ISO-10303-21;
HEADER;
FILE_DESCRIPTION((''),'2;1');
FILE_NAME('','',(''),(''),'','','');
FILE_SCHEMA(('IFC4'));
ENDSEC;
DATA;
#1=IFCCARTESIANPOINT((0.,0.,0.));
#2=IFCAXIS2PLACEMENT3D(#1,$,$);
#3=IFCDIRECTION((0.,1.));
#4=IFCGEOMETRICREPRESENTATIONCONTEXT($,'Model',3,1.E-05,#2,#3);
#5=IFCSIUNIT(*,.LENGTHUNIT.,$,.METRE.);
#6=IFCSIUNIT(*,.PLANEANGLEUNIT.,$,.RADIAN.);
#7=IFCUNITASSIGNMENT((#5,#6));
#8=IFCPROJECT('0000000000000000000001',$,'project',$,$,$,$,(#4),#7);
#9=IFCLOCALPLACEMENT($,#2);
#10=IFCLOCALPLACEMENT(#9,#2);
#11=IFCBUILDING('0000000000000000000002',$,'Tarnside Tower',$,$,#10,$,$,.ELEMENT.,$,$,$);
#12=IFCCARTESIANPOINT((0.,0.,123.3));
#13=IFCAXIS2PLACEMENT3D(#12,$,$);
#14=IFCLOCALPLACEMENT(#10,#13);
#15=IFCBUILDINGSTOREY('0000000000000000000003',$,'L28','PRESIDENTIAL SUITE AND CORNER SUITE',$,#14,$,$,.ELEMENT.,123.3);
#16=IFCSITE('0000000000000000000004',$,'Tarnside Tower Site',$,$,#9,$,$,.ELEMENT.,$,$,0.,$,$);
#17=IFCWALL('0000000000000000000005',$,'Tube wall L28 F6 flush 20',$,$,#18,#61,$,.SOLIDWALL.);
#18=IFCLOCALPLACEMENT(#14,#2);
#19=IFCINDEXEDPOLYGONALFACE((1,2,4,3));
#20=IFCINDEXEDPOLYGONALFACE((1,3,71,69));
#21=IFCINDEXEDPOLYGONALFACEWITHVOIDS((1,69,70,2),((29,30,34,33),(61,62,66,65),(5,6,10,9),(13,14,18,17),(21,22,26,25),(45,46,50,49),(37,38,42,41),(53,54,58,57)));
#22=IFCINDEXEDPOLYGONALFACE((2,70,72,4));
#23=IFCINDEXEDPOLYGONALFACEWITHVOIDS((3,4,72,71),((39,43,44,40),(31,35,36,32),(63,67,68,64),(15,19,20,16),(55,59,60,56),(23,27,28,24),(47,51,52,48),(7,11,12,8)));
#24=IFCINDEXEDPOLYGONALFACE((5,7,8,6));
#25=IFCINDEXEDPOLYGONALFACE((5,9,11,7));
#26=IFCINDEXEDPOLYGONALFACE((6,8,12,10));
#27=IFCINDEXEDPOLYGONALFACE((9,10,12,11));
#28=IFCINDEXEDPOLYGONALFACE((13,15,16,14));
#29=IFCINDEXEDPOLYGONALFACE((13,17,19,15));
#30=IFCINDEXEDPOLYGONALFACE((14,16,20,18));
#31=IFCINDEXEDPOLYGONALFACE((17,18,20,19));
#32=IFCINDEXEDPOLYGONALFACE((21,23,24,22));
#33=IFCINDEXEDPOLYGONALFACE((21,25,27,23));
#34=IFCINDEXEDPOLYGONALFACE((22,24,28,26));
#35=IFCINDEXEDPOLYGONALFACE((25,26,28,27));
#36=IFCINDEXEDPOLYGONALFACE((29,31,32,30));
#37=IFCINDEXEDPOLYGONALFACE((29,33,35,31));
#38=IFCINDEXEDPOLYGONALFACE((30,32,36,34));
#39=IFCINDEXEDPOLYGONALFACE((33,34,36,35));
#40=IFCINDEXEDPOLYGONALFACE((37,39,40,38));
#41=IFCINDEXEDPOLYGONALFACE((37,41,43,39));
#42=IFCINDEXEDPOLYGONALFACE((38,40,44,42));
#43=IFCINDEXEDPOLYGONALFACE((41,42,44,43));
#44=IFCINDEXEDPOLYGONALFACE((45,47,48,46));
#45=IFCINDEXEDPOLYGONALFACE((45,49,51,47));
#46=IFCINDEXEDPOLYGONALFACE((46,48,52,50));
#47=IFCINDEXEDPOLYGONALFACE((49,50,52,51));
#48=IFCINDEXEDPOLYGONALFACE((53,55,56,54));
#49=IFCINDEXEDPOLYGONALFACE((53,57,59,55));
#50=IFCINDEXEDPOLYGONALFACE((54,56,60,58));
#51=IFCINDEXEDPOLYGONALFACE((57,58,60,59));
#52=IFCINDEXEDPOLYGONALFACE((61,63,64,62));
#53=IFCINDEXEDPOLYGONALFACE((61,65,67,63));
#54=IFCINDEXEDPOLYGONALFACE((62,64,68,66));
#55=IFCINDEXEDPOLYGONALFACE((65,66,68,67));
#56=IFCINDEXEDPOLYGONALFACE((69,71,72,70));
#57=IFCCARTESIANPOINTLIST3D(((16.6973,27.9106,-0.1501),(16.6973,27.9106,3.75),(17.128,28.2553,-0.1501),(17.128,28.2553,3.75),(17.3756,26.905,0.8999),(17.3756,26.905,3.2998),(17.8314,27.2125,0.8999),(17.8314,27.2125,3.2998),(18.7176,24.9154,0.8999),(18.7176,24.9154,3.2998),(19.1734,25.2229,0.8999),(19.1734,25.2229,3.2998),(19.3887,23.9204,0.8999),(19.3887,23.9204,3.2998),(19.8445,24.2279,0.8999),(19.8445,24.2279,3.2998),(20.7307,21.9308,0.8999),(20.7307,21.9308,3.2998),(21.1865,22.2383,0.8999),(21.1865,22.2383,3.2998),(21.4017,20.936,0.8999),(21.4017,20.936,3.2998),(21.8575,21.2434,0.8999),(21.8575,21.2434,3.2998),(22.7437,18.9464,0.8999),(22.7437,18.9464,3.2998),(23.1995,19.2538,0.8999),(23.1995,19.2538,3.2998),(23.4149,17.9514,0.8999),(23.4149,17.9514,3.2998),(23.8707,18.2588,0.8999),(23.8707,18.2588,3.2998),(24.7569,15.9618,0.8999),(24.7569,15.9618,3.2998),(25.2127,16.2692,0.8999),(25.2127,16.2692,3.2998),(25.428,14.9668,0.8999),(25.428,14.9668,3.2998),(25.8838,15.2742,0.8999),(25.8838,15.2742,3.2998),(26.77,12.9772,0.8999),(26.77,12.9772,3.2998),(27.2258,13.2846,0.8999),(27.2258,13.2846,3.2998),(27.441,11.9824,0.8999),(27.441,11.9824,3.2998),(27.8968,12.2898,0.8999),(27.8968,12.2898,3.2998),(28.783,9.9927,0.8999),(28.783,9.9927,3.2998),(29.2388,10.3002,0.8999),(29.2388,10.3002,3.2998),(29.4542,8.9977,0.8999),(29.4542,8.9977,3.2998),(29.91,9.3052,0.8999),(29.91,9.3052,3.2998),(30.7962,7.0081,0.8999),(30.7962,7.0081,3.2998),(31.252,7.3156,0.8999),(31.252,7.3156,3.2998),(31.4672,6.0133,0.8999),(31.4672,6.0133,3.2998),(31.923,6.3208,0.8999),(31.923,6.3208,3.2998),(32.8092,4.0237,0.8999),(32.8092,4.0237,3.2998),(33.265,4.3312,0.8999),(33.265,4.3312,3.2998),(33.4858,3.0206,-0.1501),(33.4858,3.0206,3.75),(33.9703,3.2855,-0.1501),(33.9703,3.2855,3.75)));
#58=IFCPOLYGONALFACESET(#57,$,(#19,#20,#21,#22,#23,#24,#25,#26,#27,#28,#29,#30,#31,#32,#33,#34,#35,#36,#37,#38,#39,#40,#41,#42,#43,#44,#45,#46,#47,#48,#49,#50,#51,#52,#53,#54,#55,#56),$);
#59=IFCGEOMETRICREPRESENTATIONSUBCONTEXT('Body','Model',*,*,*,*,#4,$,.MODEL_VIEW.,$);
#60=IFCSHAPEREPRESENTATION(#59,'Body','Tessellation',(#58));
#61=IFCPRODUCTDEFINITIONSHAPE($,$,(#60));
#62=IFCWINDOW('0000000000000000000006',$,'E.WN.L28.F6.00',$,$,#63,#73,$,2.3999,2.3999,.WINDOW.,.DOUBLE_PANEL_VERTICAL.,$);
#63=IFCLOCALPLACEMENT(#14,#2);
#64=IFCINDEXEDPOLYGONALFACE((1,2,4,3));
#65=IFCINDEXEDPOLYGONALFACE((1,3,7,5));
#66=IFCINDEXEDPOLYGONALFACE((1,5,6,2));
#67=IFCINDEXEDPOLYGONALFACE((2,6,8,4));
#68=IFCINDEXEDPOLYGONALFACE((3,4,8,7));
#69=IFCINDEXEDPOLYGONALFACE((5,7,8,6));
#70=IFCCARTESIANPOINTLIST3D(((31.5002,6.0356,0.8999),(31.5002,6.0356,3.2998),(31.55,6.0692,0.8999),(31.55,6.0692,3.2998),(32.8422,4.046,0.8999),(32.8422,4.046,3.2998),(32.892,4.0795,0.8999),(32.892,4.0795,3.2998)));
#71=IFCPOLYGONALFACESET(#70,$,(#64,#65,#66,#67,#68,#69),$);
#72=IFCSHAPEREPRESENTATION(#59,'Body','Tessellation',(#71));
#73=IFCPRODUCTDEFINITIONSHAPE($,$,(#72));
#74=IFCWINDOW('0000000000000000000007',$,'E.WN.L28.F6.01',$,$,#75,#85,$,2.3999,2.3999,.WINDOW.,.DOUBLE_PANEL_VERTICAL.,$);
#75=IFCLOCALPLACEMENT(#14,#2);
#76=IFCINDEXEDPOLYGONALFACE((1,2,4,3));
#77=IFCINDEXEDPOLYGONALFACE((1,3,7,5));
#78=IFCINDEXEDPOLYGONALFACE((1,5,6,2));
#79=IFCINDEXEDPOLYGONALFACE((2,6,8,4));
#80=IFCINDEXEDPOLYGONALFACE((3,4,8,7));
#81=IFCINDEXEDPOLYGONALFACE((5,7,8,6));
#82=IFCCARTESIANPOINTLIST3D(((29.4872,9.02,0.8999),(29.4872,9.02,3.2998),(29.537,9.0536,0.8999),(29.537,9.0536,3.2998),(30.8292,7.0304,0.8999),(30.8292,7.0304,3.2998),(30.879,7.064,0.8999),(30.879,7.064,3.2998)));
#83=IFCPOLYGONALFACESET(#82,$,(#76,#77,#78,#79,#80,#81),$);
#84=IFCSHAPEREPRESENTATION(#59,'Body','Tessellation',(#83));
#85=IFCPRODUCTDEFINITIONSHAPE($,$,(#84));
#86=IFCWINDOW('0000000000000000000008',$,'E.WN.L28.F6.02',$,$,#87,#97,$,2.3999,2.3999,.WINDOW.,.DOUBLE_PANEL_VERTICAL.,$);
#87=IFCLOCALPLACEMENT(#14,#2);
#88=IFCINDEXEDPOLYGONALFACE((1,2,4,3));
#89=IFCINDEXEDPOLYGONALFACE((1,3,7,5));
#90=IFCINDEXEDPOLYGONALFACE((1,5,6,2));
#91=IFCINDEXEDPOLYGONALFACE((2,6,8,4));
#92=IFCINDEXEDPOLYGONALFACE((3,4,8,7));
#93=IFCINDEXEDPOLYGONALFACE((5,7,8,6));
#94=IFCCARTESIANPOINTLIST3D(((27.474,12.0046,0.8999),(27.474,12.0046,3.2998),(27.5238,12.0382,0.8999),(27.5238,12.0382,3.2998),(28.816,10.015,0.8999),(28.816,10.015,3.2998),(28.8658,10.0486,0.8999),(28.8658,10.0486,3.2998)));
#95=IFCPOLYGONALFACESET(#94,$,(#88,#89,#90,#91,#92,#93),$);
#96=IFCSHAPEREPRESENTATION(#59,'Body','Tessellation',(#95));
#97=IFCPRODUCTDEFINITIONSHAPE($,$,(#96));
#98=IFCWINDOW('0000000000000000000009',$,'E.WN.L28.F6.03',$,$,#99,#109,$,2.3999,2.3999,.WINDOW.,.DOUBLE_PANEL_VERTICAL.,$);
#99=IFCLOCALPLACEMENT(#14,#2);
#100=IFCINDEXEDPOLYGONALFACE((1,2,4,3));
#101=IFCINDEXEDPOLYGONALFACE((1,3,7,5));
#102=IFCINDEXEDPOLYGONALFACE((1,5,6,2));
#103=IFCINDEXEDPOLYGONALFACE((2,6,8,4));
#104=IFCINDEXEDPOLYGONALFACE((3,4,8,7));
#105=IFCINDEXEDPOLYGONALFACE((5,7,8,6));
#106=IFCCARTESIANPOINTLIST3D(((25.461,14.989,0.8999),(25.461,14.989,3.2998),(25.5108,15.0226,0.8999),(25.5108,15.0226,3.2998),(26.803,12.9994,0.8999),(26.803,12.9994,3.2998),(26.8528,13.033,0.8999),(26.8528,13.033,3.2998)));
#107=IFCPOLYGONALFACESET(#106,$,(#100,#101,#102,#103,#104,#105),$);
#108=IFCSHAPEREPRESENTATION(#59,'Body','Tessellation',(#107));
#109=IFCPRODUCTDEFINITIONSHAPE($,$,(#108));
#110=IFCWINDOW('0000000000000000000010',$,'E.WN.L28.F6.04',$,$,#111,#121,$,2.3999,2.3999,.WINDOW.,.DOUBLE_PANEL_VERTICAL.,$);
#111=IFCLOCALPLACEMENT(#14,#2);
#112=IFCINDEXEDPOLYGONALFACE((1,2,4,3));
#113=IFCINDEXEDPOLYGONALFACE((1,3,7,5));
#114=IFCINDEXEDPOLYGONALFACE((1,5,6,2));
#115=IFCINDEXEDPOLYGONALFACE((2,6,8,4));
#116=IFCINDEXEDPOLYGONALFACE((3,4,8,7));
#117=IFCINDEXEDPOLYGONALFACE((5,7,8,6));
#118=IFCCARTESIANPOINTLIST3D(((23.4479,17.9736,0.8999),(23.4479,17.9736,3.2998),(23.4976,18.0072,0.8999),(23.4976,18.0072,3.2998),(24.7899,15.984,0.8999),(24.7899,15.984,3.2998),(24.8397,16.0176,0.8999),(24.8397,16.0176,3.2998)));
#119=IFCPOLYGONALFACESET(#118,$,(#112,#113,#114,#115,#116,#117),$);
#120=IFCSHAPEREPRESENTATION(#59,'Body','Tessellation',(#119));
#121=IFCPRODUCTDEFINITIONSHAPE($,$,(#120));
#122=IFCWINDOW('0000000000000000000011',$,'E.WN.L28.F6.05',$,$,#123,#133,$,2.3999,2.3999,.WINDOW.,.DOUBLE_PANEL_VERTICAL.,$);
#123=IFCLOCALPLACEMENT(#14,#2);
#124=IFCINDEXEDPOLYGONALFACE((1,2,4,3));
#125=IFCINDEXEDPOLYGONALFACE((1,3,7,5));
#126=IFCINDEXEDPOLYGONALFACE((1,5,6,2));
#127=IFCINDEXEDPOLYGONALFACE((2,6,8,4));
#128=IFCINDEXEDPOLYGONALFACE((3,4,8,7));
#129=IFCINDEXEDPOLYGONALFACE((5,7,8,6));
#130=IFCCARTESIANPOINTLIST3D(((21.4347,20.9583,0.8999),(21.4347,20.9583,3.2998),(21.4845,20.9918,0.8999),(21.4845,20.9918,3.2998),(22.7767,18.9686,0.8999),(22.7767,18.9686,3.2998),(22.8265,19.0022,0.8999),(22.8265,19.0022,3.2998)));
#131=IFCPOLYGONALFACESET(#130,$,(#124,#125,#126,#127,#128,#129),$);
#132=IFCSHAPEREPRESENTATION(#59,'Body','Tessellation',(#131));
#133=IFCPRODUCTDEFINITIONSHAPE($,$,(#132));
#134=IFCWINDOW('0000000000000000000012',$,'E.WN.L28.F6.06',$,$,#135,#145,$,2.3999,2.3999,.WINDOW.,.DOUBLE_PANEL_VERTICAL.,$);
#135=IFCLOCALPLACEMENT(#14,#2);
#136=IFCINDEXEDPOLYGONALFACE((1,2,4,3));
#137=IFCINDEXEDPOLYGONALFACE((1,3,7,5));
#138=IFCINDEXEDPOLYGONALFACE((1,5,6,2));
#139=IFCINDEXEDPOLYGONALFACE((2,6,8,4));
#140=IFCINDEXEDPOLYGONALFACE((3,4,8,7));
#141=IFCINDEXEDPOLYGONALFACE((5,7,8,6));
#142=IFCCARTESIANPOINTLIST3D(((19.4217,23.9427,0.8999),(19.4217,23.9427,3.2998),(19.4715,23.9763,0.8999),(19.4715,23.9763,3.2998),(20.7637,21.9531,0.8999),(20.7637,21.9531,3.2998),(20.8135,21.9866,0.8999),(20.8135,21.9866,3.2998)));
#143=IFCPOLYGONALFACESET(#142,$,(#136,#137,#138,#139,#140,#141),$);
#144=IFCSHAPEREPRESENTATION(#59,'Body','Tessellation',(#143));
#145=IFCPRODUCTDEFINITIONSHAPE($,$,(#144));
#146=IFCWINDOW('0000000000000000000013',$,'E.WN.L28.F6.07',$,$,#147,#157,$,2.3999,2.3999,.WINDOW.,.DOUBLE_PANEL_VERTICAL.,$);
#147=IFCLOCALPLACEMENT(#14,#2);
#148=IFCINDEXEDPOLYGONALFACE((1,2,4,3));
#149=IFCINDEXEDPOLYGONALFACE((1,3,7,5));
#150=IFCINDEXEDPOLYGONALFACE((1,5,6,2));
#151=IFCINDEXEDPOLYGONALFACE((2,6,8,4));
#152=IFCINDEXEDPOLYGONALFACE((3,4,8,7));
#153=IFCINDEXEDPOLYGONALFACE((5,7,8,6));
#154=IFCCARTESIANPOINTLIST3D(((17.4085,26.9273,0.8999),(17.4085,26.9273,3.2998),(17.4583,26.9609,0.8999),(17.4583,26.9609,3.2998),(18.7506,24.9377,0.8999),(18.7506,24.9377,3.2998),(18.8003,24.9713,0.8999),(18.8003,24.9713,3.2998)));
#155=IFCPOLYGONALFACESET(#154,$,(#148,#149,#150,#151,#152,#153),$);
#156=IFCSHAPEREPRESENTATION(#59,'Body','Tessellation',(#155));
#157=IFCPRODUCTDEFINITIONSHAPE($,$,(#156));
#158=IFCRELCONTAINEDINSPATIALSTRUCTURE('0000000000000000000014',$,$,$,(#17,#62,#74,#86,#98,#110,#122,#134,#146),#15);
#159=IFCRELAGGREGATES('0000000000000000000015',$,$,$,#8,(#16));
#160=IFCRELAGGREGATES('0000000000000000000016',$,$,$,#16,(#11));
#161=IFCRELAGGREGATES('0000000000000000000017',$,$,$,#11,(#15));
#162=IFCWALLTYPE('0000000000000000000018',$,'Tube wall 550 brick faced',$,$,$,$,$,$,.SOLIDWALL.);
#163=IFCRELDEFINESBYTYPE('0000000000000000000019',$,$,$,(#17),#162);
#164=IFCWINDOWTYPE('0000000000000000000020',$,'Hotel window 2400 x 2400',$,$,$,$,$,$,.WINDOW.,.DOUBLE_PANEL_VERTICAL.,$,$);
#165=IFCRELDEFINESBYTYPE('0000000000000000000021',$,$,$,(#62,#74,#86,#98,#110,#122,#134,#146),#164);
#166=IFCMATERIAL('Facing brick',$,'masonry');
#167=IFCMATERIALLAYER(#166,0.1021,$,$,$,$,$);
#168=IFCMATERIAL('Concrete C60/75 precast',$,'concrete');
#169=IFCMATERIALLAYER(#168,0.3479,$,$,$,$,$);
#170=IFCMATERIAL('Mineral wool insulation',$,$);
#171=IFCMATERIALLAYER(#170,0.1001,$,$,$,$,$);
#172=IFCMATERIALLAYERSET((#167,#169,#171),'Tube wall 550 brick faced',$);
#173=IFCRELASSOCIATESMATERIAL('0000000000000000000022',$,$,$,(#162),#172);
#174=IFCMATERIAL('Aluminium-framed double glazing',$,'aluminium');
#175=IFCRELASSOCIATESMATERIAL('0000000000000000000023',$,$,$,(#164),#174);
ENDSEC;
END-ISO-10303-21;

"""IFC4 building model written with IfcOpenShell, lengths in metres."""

from ifc_helpers import new_model, si_unit, direction, frame, frame_2d, origin, place, context, subcontext, project, spatial, polyline, rectangle, outline, extrude, material, layer, layer_set, type_object, element, fill, save


model = new_model("IFC4")

# Units and contexts
model_context = context("Model", 3, precision=1e-05, world=origin(), true_north=direction((0.0, 1.0)))
body_context = subcontext(model_context, "Body", "Model", "MODEL_VIEW")
ifc_project = project(units=[si_unit("LENGTHUNIT", "METRE"), si_unit("PLANEANGLEUNIT", "RADIAN")], contexts=[model_context])

# Site, building, storey
site_placement = place(None, origin())
site = spatial("IfcSite", under=ifc_project, at=site_placement, Name="Tarnside Tower Site", CompositionType="ELEMENT", RefElevation=0.0)
building_placement = place(site_placement, origin())
building = spatial("IfcBuilding", under=site, at=building_placement, Name="Tarnside Tower", CompositionType="ELEMENT")
storey_placement = place(building_placement, frame((0.0, 0.0, 123.3)))
storey = spatial("IfcBuildingStorey", under=building, at=storey_placement, Name="L28", Description="PRESIDENTIAL SUITE AND CORNER SUITE", CompositionType="ELEMENT", Elevation=123.3)

# Shared definitions
ifc_material_1 = material(Name="Facing brick", Category="masonry")
ifc_layer_1 = layer(ifc_material_1, 0.1021)
ifc_material_2 = material(Name="Concrete C60/75 precast", Category="concrete")
ifc_layer_2 = layer(ifc_material_2, 0.3479)
ifc_material_3 = material(Name="Mineral wool insulation")
ifc_layer_3 = layer(ifc_material_3, 0.1001)
ifc_layer_set_1 = layer_set([ifc_layer_1, ifc_layer_2, ifc_layer_3], Name="Tube wall 550 brick faced")
wall_type = type_object("IfcWallType", Name="Tube wall 550 brick faced", PredefinedType="SOLIDWALL", material=ifc_layer_set_1)

# Wall, openings, windows
wall_1_placement = place(storey_placement, frame((33.728, 3.1531, -0.1501), z_axis=(0.0, 0.0, 1.0), x_axis=(-0.559192, 0.829038, 0.0)))
wall_1 = element("IfcWall", 1, at=wall_1_placement, inside=storey, type_object=wall_type, Name="Tube wall L28 F6 flush 20", PredefinedType="SOLIDWALL", context=body_context, shape_type="SweptSolid", body=[
    extrude(outline(polyline([(-0.0256, -0.2749), (30.0933, -0.2749), (30.0483, 0.2749), (0.0256, 0.2749), (-0.0256, -0.2749)])), origin(), (0.0, 0.0, 1.0), 3.9001),
])
opening_1_placement = place(wall_1_placement, frame((1.2356, 0.0, 1.05)))
opening_1 = element("IfcOpeningElement", 2, at=opening_1_placement, cuts=wall_1, PredefinedType="OPENING", context=body_context, shape_type="SweptSolid", body=[
    extrude(rectangle(XDim=2.3999, YDim=2.3999, at=frame_2d((1.2, 1.2))), frame((0.0, 0.2852, 0.0), z_axis=(0.0, -1.0, 0.0), x_axis=(1.0, 0.0, 0.0)), (0.0, 0.0, 1.0), 0.5701),
])
opening_2_placement = place(wall_1_placement, frame((4.8354, 0.0, 1.05)))
opening_2 = element("IfcOpeningElement", 3, at=opening_2_placement, cuts=wall_1, PredefinedType="OPENING", context=body_context, shape_type="SweptSolid", body=[
    extrude(rectangle(XDim=2.3999, YDim=2.3999, at=frame_2d((1.2, 1.2))), frame((0.0, 0.2852, 0.0), z_axis=(0.0, -1.0, 0.0), x_axis=(1.0, 0.0, 0.0)), (0.0, 0.0, 1.0), 0.5701),
])
opening_3_placement = place(wall_1_placement, frame((8.4355, 0.0, 1.05)))
opening_3 = element("IfcOpeningElement", 4, at=opening_3_placement, cuts=wall_1, PredefinedType="OPENING", context=body_context, shape_type="SweptSolid", body=[
    extrude(rectangle(XDim=2.3999, YDim=2.3999, at=frame_2d((1.2, 1.2))), frame((0.0, 0.2852, 0.0), z_axis=(0.0, -1.0, 0.0), x_axis=(1.0, 0.0, 0.0)), (0.0, 0.0, 1.0), 0.5701),
])
opening_4_placement = place(wall_1_placement, frame((12.0354, 0.0, 1.05)))
opening_4 = element("IfcOpeningElement", 5, at=opening_4_placement, cuts=wall_1, PredefinedType="OPENING", context=body_context, shape_type="SweptSolid", body=[
    extrude(rectangle(XDim=2.3999, YDim=2.3999, at=frame_2d((1.2, 1.2))), frame((0.0, 0.2852, 0.0), z_axis=(0.0, -1.0, 0.0), x_axis=(1.0, 0.0, 0.0)), (0.0, 0.0, 1.0), 0.5701),
])
opening_5_placement = place(wall_1_placement, frame((15.6355, 0.0, 1.05)))
opening_5 = element("IfcOpeningElement", 6, at=opening_5_placement, cuts=wall_1, PredefinedType="OPENING", context=body_context, shape_type="SweptSolid", body=[
    extrude(rectangle(XDim=2.3999, YDim=2.3999, at=frame_2d((1.2, 1.2))), frame((0.0, 0.2852, 0.0), z_axis=(0.0, -1.0, 0.0), x_axis=(1.0, 0.0, 0.0)), (0.0, 0.0, 1.0), 0.5701),
])
opening_6_placement = place(wall_1_placement, frame((19.2356, 0.0, 1.05)))
opening_6 = element("IfcOpeningElement", 7, at=opening_6_placement, cuts=wall_1, PredefinedType="OPENING", context=body_context, shape_type="SweptSolid", body=[
    extrude(rectangle(XDim=2.3999, YDim=2.3999, at=frame_2d((1.2, 1.2))), frame((0.0, 0.2852, 0.0), z_axis=(0.0, -1.0, 0.0), x_axis=(1.0, 0.0, 0.0)), (0.0, 0.0, 1.0), 0.5701),
])
opening_7_placement = place(wall_1_placement, frame((22.8354, 0.0, 1.05)))
opening_7 = element("IfcOpeningElement", 8, at=opening_7_placement, cuts=wall_1, PredefinedType="OPENING", context=body_context, shape_type="SweptSolid", body=[
    extrude(rectangle(XDim=2.3999, YDim=2.3999, at=frame_2d((1.2, 1.2))), frame((0.0, 0.2852, 0.0), z_axis=(0.0, -1.0, 0.0), x_axis=(1.0, 0.0, 0.0)), (0.0, 0.0, 1.0), 0.5701),
])
opening_8_placement = place(wall_1_placement, frame((26.4355, 0.0, 1.05)))
opening_8 = element("IfcOpeningElement", 9, at=opening_8_placement, cuts=wall_1, PredefinedType="OPENING", context=body_context, shape_type="SweptSolid", body=[
    extrude(rectangle(XDim=2.3999, YDim=2.3999, at=frame_2d((1.2, 1.2))), frame((0.0, 0.2852, 0.0), z_axis=(0.0, -1.0, 0.0), x_axis=(1.0, 0.0, 0.0)), (0.0, 0.0, 1.0), 0.5701),
])
ifc_material_4 = material(Name="Aluminium-framed double glazing", Category="aluminium")
window_type = type_object("IfcWindowType", Name="Hotel window 2400 x 2400", PartitioningType="DOUBLE_PANEL_VERTICAL", PredefinedType="WINDOW", material=ifc_material_4)
window_1_placement = place(opening_1_placement, frame((0.0, 0.2051, 0.0)))
window_1 = element("IfcWindow", 10, at=window_1_placement, inside=storey, type_object=window_type, Name="E.WN.L28.F6.00", OverallHeight=2.3999, OverallWidth=2.3999, PartitioningType="DOUBLE_PANEL_VERTICAL", PredefinedType="WINDOW", context=body_context, shape_type="SweptSolid", body=[
    extrude(rectangle(XDim=2.3999, YDim=2.3999, at=frame_2d((1.2, 1.2))), frame((0.0, 0.03, 0.0), z_axis=(0.0, -1.0, 0.0), x_axis=(1.0, 0.0, 0.0)), (0.0, 0.0, 1.0), 0.0601),
])
fill(opening_1, window_1)
window_2_placement = place(opening_2_placement, frame((0.0, 0.2051, 0.0)))
window_2 = element("IfcWindow", 11, at=window_2_placement, inside=storey, type_object=window_type, Name="E.WN.L28.F6.01", OverallHeight=2.3999, OverallWidth=2.3999, PartitioningType="DOUBLE_PANEL_VERTICAL", PredefinedType="WINDOW", context=body_context, shape_type="SweptSolid", body=[
    extrude(rectangle(XDim=2.3999, YDim=2.3999, at=frame_2d((1.2, 1.2))), frame((0.0, 0.03, 0.0), z_axis=(0.0, -1.0, 0.0), x_axis=(1.0, 0.0, 0.0)), (0.0, 0.0, 1.0), 0.0601),
])
fill(opening_2, window_2)
window_3_placement = place(opening_3_placement, frame((0.0, 0.2051, 0.0)))
window_3 = element("IfcWindow", 12, at=window_3_placement, inside=storey, type_object=window_type, Name="E.WN.L28.F6.02", OverallHeight=2.3999, OverallWidth=2.3999, PartitioningType="DOUBLE_PANEL_VERTICAL", PredefinedType="WINDOW", context=body_context, shape_type="SweptSolid", body=[
    extrude(rectangle(XDim=2.3999, YDim=2.3999, at=frame_2d((1.2, 1.2))), frame((0.0, 0.03, 0.0), z_axis=(0.0, -1.0, 0.0), x_axis=(1.0, 0.0, 0.0)), (0.0, 0.0, 1.0), 0.0601),
])
fill(opening_3, window_3)
window_4_placement = place(opening_4_placement, frame((0.0, 0.2051, 0.0)))
window_4 = element("IfcWindow", 13, at=window_4_placement, inside=storey, type_object=window_type, Name="E.WN.L28.F6.03", OverallHeight=2.3999, OverallWidth=2.3999, PartitioningType="DOUBLE_PANEL_VERTICAL", PredefinedType="WINDOW", context=body_context, shape_type="SweptSolid", body=[
    extrude(rectangle(XDim=2.3999, YDim=2.3999, at=frame_2d((1.2, 1.2))), frame((0.0, 0.03, 0.0), z_axis=(0.0, -1.0, 0.0), x_axis=(1.0, 0.0, 0.0)), (0.0, 0.0, 1.0), 0.0601),
])
fill(opening_4, window_4)
window_5_placement = place(opening_5_placement, frame((0.0, 0.2051, 0.0)))
window_5 = element("IfcWindow", 14, at=window_5_placement, inside=storey, type_object=window_type, Name="E.WN.L28.F6.04", OverallHeight=2.3999, OverallWidth=2.3999, PartitioningType="DOUBLE_PANEL_VERTICAL", PredefinedType="WINDOW", context=body_context, shape_type="SweptSolid", body=[
    extrude(rectangle(XDim=2.3999, YDim=2.3999, at=frame_2d((1.2, 1.2))), frame((0.0, 0.03, 0.0), z_axis=(0.0, -1.0, 0.0), x_axis=(1.0, 0.0, 0.0)), (0.0, 0.0, 1.0), 0.0601),
])
fill(opening_5, window_5)
window_6_placement = place(opening_6_placement, frame((0.0, 0.2051, 0.0)))
window_6 = element("IfcWindow", 15, at=window_6_placement, inside=storey, type_object=window_type, Name="E.WN.L28.F6.05", OverallHeight=2.3999, OverallWidth=2.3999, PartitioningType="DOUBLE_PANEL_VERTICAL", PredefinedType="WINDOW", context=body_context, shape_type="SweptSolid", body=[
    extrude(rectangle(XDim=2.3999, YDim=2.3999, at=frame_2d((1.2, 1.2))), frame((0.0, 0.03, 0.0), z_axis=(0.0, -1.0, 0.0), x_axis=(1.0, 0.0, 0.0)), (0.0, 0.0, 1.0), 0.0601),
])
fill(opening_6, window_6)
window_7_placement = place(opening_7_placement, frame((0.0, 0.2051, 0.0)))
window_7 = element("IfcWindow", 16, at=window_7_placement, inside=storey, type_object=window_type, Name="E.WN.L28.F6.06", OverallHeight=2.3999, OverallWidth=2.3999, PartitioningType="DOUBLE_PANEL_VERTICAL", PredefinedType="WINDOW", context=body_context, shape_type="SweptSolid", body=[
    extrude(rectangle(XDim=2.3999, YDim=2.3999, at=frame_2d((1.2, 1.2))), frame((0.0, 0.03, 0.0), z_axis=(0.0, -1.0, 0.0), x_axis=(1.0, 0.0, 0.0)), (0.0, 0.0, 1.0), 0.0601),
])
fill(opening_7, window_7)
window_8_placement = place(opening_8_placement, frame((0.0, 0.2051, 0.0)))
window_8 = element("IfcWindow", 17, at=window_8_placement, inside=storey, type_object=window_type, Name="E.WN.L28.F6.07", OverallHeight=2.3999, OverallWidth=2.3999, PartitioningType="DOUBLE_PANEL_VERTICAL", PredefinedType="WINDOW", context=body_context, shape_type="SweptSolid", body=[
    extrude(rectangle(XDim=2.3999, YDim=2.3999, at=frame_2d((1.2, 1.2))), frame((0.0, 0.03, 0.0), z_axis=(0.0, -1.0, 0.0), x_axis=(1.0, 0.0, 0.0)), (0.0, 0.0, 1.0), 0.0601),
])
fill(opening_8, window_8)

save(model, "model.ifc")
